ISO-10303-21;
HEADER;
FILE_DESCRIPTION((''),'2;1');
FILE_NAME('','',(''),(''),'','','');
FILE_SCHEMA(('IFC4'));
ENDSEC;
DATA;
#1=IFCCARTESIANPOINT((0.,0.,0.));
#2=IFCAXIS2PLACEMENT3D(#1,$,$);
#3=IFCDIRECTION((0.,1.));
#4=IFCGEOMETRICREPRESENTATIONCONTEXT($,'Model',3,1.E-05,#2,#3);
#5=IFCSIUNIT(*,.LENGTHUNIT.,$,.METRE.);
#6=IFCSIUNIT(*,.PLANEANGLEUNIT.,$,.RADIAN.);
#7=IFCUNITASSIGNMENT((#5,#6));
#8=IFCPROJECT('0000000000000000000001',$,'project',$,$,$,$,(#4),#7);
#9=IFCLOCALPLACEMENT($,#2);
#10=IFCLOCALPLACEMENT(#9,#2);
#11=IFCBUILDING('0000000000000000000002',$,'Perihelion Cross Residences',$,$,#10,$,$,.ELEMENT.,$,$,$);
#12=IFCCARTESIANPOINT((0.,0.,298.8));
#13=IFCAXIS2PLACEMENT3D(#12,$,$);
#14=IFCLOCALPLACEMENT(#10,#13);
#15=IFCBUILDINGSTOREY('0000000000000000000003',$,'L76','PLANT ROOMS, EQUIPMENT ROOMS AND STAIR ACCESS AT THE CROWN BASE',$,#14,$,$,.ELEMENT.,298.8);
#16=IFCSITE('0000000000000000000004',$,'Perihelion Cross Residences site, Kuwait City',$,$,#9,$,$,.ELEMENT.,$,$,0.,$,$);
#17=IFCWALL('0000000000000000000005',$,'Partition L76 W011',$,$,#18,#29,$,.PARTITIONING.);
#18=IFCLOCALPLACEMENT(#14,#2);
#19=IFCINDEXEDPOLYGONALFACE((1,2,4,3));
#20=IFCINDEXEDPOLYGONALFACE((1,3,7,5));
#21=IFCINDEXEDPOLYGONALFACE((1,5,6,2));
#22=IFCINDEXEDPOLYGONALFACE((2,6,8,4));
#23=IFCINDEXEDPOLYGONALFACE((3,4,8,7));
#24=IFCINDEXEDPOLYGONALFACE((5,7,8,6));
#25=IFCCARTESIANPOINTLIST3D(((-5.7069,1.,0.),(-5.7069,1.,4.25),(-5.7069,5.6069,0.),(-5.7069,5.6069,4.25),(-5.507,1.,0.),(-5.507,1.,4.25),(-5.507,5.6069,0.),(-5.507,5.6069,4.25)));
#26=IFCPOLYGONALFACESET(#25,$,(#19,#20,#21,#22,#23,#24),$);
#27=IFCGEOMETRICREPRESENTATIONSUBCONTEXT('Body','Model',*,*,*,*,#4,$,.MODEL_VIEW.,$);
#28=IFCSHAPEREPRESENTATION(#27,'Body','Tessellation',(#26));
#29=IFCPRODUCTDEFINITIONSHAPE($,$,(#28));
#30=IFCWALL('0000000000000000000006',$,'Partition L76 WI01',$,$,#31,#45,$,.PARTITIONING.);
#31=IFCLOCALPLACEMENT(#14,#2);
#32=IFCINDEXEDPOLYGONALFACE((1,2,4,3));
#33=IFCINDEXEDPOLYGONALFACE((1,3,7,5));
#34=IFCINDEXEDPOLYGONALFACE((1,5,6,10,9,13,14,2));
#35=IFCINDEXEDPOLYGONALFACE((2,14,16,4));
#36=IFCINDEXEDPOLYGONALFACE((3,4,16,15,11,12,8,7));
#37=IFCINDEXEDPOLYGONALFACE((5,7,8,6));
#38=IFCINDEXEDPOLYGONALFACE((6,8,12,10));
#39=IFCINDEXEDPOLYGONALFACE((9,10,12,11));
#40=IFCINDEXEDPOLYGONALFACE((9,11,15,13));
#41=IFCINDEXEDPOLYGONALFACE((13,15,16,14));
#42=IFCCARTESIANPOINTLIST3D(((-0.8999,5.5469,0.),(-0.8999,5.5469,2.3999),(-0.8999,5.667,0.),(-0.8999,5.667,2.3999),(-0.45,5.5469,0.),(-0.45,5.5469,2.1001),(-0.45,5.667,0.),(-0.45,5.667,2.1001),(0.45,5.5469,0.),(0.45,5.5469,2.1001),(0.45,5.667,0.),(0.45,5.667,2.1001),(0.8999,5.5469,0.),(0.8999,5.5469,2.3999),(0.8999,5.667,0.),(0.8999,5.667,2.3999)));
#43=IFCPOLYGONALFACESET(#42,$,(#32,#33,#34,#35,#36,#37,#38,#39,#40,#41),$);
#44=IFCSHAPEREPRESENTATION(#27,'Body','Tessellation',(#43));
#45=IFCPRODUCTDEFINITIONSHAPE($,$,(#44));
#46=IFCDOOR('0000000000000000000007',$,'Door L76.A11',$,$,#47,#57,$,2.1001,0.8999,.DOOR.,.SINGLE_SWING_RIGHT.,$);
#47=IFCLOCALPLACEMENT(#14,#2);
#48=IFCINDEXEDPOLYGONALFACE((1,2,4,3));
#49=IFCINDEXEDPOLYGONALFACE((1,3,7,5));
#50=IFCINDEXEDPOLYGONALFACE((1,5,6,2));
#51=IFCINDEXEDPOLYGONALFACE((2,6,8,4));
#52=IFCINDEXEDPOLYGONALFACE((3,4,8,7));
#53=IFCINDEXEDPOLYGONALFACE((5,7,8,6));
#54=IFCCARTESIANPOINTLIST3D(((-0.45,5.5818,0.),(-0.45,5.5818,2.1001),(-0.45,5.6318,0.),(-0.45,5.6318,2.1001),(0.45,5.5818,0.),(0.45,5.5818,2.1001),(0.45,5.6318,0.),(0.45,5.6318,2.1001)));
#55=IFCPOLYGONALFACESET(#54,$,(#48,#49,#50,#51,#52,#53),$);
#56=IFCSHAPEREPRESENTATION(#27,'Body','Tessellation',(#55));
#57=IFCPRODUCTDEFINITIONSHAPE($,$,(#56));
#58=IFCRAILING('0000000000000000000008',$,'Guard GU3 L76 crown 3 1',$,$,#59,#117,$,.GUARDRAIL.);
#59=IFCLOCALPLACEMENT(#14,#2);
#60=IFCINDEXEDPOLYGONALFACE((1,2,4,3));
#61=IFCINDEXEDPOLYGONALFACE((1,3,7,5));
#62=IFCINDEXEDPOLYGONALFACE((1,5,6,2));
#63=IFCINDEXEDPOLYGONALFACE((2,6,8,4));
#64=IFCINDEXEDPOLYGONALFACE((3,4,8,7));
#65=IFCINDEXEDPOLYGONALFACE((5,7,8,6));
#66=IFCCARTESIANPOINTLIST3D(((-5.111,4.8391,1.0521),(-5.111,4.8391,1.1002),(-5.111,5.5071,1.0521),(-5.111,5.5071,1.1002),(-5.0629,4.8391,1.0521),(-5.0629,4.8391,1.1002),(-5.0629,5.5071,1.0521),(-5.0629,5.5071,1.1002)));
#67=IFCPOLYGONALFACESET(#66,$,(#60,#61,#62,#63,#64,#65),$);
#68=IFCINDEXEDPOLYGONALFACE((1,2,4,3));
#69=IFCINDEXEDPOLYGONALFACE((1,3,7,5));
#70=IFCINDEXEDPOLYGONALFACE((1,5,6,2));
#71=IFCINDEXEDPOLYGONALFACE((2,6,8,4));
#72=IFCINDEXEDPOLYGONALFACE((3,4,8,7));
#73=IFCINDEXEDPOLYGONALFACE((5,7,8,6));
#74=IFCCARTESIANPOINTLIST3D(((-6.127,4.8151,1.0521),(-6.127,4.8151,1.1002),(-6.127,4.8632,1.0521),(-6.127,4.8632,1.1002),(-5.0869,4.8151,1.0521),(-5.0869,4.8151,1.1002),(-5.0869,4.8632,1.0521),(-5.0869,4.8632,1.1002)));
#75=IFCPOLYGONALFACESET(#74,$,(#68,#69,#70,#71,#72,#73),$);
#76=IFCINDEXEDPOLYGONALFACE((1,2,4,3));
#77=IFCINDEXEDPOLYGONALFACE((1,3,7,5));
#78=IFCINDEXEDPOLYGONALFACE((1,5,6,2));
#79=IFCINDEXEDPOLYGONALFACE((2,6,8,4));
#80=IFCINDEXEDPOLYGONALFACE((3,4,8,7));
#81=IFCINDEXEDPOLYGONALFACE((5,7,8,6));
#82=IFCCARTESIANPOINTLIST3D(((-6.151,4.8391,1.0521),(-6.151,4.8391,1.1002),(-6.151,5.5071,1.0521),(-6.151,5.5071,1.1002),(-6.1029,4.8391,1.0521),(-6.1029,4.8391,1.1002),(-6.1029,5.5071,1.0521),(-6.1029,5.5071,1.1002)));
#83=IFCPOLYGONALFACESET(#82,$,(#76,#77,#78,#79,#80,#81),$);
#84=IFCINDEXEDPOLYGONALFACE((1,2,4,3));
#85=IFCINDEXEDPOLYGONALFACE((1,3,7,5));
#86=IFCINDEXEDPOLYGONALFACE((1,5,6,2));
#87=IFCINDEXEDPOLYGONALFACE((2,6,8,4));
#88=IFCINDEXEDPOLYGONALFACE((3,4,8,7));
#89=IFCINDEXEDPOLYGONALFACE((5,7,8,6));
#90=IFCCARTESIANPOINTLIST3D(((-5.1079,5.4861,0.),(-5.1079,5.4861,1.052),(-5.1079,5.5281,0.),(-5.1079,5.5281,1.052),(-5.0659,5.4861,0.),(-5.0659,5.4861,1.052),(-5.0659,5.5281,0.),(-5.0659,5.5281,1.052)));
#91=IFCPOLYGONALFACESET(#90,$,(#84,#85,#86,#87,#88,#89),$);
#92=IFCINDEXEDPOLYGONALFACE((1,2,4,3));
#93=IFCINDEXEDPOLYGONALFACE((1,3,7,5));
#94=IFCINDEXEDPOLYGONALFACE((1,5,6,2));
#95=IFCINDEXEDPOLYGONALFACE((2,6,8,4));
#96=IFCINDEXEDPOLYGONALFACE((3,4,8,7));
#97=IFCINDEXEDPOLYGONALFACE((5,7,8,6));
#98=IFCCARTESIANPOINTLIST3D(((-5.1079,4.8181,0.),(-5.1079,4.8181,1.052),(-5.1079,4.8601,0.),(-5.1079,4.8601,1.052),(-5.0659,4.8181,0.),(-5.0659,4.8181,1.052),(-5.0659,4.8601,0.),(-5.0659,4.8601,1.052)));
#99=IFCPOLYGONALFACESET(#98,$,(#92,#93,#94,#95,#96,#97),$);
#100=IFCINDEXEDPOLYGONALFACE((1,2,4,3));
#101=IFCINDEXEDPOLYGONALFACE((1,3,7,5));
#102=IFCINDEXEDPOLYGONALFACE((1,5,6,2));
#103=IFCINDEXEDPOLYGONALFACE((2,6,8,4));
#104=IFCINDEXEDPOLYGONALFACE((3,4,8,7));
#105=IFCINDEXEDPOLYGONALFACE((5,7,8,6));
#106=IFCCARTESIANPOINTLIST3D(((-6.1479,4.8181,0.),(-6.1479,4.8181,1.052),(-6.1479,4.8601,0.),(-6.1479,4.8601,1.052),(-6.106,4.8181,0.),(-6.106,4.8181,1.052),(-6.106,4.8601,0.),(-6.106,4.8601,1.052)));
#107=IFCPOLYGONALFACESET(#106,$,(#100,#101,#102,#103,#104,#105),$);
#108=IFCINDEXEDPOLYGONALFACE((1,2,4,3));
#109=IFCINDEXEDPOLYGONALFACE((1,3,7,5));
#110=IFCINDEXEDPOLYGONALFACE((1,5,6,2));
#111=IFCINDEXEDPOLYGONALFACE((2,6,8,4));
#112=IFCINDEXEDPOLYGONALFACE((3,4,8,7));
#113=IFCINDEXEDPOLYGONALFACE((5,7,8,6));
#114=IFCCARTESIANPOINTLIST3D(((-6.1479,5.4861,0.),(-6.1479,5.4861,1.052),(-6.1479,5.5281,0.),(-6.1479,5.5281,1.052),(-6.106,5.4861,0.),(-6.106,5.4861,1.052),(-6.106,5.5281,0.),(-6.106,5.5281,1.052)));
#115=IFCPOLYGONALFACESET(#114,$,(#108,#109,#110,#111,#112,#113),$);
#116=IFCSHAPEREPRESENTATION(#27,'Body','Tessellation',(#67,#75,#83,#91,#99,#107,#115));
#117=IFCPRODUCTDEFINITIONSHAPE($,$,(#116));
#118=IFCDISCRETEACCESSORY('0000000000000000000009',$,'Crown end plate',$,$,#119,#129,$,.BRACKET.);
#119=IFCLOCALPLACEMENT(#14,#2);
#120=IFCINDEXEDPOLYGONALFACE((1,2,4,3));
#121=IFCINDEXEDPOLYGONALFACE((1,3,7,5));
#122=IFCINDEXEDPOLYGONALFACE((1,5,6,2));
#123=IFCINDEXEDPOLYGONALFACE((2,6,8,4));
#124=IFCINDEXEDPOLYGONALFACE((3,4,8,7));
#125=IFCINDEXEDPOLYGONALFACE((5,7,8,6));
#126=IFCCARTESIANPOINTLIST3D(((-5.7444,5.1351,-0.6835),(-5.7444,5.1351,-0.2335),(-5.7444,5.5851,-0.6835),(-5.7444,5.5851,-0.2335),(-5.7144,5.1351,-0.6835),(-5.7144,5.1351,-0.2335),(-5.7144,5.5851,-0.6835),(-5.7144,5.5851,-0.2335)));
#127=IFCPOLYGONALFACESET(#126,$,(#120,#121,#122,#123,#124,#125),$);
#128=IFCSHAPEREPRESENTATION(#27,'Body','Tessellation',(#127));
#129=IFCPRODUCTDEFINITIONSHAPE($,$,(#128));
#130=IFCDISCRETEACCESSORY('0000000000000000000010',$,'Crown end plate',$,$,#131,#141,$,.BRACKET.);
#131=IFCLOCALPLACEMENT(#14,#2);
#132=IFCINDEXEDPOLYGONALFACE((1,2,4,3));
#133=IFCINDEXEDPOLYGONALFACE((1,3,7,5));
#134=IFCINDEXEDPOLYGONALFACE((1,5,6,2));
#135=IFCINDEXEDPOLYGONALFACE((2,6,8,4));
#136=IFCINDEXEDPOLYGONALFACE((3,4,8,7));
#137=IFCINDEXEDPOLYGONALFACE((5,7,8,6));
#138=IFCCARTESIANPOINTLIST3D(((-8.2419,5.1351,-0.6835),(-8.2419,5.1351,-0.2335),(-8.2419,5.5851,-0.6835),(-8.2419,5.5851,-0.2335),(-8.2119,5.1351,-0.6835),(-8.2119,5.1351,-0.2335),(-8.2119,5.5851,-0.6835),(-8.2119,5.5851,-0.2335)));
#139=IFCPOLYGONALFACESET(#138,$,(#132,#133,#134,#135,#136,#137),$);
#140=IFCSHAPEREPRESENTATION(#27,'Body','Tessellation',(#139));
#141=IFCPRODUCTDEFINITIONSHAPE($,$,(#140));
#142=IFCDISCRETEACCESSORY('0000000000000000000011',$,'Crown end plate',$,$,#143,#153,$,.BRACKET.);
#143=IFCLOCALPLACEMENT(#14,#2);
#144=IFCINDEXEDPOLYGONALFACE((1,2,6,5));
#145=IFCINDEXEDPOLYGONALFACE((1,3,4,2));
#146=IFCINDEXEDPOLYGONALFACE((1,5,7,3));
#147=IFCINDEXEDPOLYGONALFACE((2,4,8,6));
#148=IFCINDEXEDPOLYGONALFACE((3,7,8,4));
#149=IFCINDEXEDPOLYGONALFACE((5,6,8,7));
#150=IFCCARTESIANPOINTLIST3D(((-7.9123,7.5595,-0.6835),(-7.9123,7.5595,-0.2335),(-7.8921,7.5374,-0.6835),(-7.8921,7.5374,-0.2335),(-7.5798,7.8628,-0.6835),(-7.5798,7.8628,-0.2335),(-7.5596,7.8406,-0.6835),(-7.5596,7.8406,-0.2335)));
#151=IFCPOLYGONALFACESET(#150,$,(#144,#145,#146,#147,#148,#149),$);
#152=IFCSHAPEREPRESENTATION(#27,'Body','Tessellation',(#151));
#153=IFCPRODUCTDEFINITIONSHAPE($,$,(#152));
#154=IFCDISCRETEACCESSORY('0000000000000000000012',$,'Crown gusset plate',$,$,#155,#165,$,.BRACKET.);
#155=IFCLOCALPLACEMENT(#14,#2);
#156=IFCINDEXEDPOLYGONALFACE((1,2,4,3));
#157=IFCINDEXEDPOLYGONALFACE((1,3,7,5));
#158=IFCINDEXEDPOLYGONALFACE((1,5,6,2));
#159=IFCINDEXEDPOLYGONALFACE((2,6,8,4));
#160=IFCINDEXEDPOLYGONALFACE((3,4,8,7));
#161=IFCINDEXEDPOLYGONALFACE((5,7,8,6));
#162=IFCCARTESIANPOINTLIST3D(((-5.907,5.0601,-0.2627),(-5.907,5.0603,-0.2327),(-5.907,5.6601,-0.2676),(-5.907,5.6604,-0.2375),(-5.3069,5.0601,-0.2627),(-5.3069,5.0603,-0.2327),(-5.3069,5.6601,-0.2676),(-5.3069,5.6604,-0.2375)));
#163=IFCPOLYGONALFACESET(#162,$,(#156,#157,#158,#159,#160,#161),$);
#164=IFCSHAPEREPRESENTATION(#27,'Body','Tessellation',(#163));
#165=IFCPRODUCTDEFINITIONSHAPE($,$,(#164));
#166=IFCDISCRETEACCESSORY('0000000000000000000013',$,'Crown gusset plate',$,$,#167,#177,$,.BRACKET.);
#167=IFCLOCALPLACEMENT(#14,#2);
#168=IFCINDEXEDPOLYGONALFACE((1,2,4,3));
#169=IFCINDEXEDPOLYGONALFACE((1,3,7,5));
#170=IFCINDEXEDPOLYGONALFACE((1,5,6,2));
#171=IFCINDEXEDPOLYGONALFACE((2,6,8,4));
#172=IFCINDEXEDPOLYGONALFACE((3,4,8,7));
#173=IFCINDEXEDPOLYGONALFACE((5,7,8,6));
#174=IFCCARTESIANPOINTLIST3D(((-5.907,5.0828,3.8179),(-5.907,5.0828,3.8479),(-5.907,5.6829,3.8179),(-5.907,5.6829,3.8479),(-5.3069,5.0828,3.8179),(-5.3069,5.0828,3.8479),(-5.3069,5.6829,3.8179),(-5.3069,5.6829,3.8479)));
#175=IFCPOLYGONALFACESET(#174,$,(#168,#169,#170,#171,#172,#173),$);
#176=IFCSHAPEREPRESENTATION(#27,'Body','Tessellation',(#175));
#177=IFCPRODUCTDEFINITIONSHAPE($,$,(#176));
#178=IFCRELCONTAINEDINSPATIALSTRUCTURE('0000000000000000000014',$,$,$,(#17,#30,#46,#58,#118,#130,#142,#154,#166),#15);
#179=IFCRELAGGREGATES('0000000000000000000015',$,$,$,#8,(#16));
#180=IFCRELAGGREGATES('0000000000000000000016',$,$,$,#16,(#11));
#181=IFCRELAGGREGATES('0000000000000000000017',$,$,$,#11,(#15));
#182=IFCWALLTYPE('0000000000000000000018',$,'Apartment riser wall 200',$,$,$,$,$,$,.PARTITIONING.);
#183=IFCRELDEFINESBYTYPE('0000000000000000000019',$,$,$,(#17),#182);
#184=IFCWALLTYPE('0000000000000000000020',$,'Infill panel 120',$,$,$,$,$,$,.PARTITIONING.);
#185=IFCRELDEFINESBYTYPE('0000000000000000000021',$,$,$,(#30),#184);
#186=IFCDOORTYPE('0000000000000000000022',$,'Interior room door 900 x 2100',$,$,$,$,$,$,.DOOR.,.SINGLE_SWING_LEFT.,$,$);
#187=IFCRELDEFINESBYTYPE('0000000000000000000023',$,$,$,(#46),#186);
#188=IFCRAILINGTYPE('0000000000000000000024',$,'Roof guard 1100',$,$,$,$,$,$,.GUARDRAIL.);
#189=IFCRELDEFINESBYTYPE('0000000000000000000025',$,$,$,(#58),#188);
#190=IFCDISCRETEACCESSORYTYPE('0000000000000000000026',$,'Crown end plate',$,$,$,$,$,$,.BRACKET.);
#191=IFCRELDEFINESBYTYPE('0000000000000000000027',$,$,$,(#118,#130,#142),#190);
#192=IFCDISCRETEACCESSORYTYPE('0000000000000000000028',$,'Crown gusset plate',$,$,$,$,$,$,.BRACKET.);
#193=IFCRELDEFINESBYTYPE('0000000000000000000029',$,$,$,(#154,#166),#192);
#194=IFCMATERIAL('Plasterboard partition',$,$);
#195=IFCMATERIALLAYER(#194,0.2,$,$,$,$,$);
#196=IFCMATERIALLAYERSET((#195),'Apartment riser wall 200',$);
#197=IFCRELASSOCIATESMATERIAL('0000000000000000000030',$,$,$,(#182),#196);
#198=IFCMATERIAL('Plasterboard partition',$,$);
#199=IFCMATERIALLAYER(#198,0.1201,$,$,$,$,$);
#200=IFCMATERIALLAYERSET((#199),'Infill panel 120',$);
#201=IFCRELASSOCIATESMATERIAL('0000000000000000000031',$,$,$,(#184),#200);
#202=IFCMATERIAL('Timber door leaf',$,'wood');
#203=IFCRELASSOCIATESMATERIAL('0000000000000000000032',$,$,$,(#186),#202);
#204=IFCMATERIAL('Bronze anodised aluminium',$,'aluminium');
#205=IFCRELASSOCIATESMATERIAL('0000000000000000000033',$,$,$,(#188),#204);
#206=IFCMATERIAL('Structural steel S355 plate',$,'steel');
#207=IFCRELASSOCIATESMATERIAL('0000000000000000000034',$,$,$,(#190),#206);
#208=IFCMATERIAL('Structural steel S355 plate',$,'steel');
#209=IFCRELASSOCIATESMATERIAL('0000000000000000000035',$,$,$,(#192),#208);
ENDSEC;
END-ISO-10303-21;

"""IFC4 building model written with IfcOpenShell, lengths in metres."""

from ifc_helpers import new_model, si_unit, direction, frame, frame_2d, origin, origin_2d, place, context, subcontext, project, spatial, rectangle, extrude, material, layer, layer_set, material_profile, profile_set, type_object, element, fill, save


model = new_model("IFC4")

# Units and contexts
model_context = context("Model", 3, precision=1e-05, world=origin(), true_north=direction((0.0, 1.0)))
body_context = subcontext(model_context, "Body", "Model", "MODEL_VIEW")
ifc_project = project(units=[si_unit("LENGTHUNIT", "METRE"), si_unit("PLANEANGLEUNIT", "RADIAN")], contexts=[model_context])

# Site, building, storey
site_placement = place(None, origin())
site = spatial("IfcSite", under=ifc_project, at=site_placement, Name="Perihelion Cross Residences site, Kuwait City", CompositionType="ELEMENT", RefElevation=0.0)
building_placement = place(site_placement, origin())
building = spatial("IfcBuilding", under=site, at=building_placement, Name="Perihelion Cross Residences", CompositionType="ELEMENT")
storey_placement = place(building_placement, frame((0.0, 0.0, 298.8)))
storey = spatial("IfcBuildingStorey", under=building, at=storey_placement, Name="L76", Description="PLANT ROOMS, EQUIPMENT ROOMS AND STAIR ACCESS AT THE CROWN BASE", CompositionType="ELEMENT", Elevation=298.8)

# Wall
ifc_material_1 = material(Name="Plasterboard partition")
ifc_layer_1 = layer(ifc_material_1, 0.2)
ifc_layer_set_1 = layer_set([ifc_layer_1], Name="Apartment riser wall 200")
wall_type_1 = type_object("IfcWallType", Name="Apartment riser wall 200", PredefinedType="PARTITIONING", material=ifc_layer_set_1)
wall_1_placement = place(storey_placement, frame((-5.6069, 5.6069, 0.0), z_axis=(0.0, 0.0, 1.0), x_axis=(0.0, -1.0, 0.0)))
element("IfcWall", 1, at=wall_1_placement, inside=storey, type_object=wall_type_1, Name="Partition L76 W011", PredefinedType="PARTITIONING", context=body_context, shape_type="SweptSolid", body=[
    extrude(rectangle(XDim=4.6069, YDim=0.2, at=frame_2d((2.3035, 0.0))), origin(), (0.0, 0.0, 1.0), 4.25),
])

# Wall, opening, door
ifc_material_2 = material(Name="Plasterboard partition")
ifc_layer_2 = layer(ifc_material_2, 0.1201)
ifc_layer_set_2 = layer_set([ifc_layer_2], Name="Infill panel 120")
wall_type_2 = type_object("IfcWallType", Name="Infill panel 120", PredefinedType="PARTITIONING", material=ifc_layer_set_2)
wall_2_placement = place(storey_placement, frame((-0.8999, 5.6069, 0.0), z_axis=(0.0, 0.0, 1.0), x_axis=(1.0, 0.0, 0.0)))
wall_2 = element("IfcWall", 2, at=wall_2_placement, inside=storey, type_object=wall_type_2, Name="Partition L76 WI01", PredefinedType="PARTITIONING", context=body_context, shape_type="SweptSolid", body=[
    extrude(rectangle(XDim=1.7998, YDim=0.1201, at=frame_2d((0.8999, 0.0))), origin(), (0.0, 0.0, 1.0), 2.3999),
])
opening_placement = place(wall_2_placement, frame((0.45, 0.0, 0.0)))
opening = element("IfcOpeningElement", 3, at=opening_placement, cuts=wall_2, PredefinedType="OPENING", context=body_context, shape_type="SweptSolid", body=[
    extrude(rectangle(XDim=0.8999, YDim=2.1001, at=frame_2d((0.45, 1.05))), frame((0.0, 0.0701, 0.0), z_axis=(0.0, -1.0, 0.0), x_axis=(1.0, 0.0, 0.0)), (0.0, 0.0, 1.0), 0.1401),
])
ifc_material_3 = material(Name="Timber door leaf", Category="wood")
door_type = type_object("IfcDoorType", Name="Interior room door 900 x 2100", OperationType="SINGLE_SWING_LEFT", PredefinedType="DOOR", material=ifc_material_3)
door_placement = place(opening_placement, origin())
door = element("IfcDoor", 4, at=door_placement, inside=storey, type_object=door_type, Name="Door L76.A11", OperationType="SINGLE_SWING_RIGHT", OverallHeight=2.1001, OverallWidth=0.8999, PredefinedType="DOOR", context=body_context, shape_type="SweptSolid", body=[
    extrude(rectangle(XDim=0.8999, YDim=2.1001, at=frame_2d((0.45, 1.05))), frame((0.0, 0.0249, 0.0), z_axis=(0.0, -1.0, 0.0), x_axis=(1.0, 0.0, 0.0)), (0.0, 0.0, 1.0), 0.05),
])
fill(opening, door)

# Railing
ifc_material_4 = material(Name="Bronze anodised aluminium", Category="aluminium")
railing_type = type_object("IfcRailingType", Name="Roof guard 1100", PredefinedType="GUARDRAIL", material=ifc_material_4)
railing_placement = place(storey_placement, frame((-5.0869, 5.5071, 0.0)))
element("IfcRailing", 5, at=railing_placement, inside=storey, type_object=railing_type, Name="Guard GU3 L76 crown 3 1", PredefinedType="GUARDRAIL", context=body_context, shape_type="SweptSolid", body=[
    extrude(rectangle(XDim=0.0481, YDim=0.0481, at=origin_2d()), frame((0.0, 0.0, 1.0762), z_axis=(0.0, -1.0, 0.0), x_axis=(1.0, 0.0, 0.0)), (0.0, 0.0, 1.0), 0.668),
    extrude(rectangle(XDim=0.0481, YDim=0.0481, at=origin_2d()), frame((0.0, -0.668, 1.0762), z_axis=(-1.0, 0.0, 0.0), x_axis=(0.0, -1.0, 0.0)), (0.0, 0.0, 1.0), 1.04),
    extrude(rectangle(XDim=0.0481, YDim=0.0481, at=origin_2d()), frame((-1.04, -0.668, 1.0762), z_axis=(0.0, 1.0, 0.0), x_axis=(-1.0, 0.0, 0.0)), (0.0, 0.0, 1.0), 0.668),
    extrude(rectangle(XDim=0.042, YDim=0.042, at=origin_2d()), origin(), (0.0, 0.0, 1.0), 1.052),
    extrude(rectangle(XDim=0.042, YDim=0.042, at=origin_2d()), frame((0.0, -0.668, 0.0)), (0.0, 0.0, 1.0), 1.052),
    extrude(rectangle(XDim=0.042, YDim=0.042, at=origin_2d()), frame((-1.04, -0.668, 0.0)), (0.0, 0.0, 1.0), 1.052),
    extrude(rectangle(XDim=0.042, YDim=0.042, at=origin_2d()), frame((-1.04, 0.0, 0.0)), (0.0, 0.0, 1.0), 1.052),
])

# Discrete accessories
ifc_material_5 = material(Name="Structural steel S355 plate", Category="steel")
ifc_material_profile_1 = material_profile(ifc_material_5, rectangle(XDim=0.45, YDim=0.45, at=origin_2d()), Name="Crown end plate")
ifc_profile_set_1 = profile_set([ifc_material_profile_1], Name="Structural steel S355 plate")
discrete_accessory_type_1 = type_object("IfcDiscreteAccessoryType", Name="Crown end plate", PredefinedType="BRACKET", material=ifc_profile_set_1)
for number, where, z_axis, x_axis, name in (
    (6, (-5.7144, 5.3601, -0.4585), (-1.0, 0.0, 0.0), (0.0, -1.0, 0.0), "Crown end plate"),
    (7, (-8.2119, 5.3601, -0.4585), (-1.0, 0.0, 0.0), (0.0, -1.0, 0.0), "Crown end plate"),
    (8, (-7.7258, 7.689, -0.4585), (-0.673884, 0.738837, 0.0), (-0.738837, -0.673884, 0.0), "Crown end plate"),
):
    element("IfcDiscreteAccessory", number, at=place(storey_placement, frame(where, z_axis=z_axis, x_axis=x_axis)), inside=storey, type_object=discrete_accessory_type_1, Name=name, PredefinedType="BRACKET", context=body_context, shape_type="SweptSolid", body=[
        extrude(rectangle(XDim=0.45, YDim=0.45, at=origin_2d()), origin(), (0.0, 0.0, 1.0), 0.03),
    ])
ifc_material_6 = material(Name="Structural steel S355 plate", Category="steel")
ifc_material_profile_2 = material_profile(ifc_material_6, rectangle(XDim=0.6001, YDim=0.6001, at=origin_2d()), Name="Crown gusset plate")
ifc_profile_set_2 = profile_set([ifc_material_profile_2], Name="Structural steel S355 plate")
discrete_accessory_type_2 = type_object("IfcDiscreteAccessoryType", Name="Crown gusset plate", PredefinedType="BRACKET", material=ifc_profile_set_2)
for number, where, z_axis, x_axis, name in (
    (9, (-5.6069, 5.3601, -0.2651), (0.0, 0.00813, 0.999967), (-1.0, 0.0, 0.0), "Crown gusset plate"),
    (10, (-5.6069, 5.3828, 3.8179), (0.0, 0.0, 1.0), (1.0, 0.0, 0.0), "Crown gusset plate"),
):
    element("IfcDiscreteAccessory", number, at=place(storey_placement, frame(where, z_axis=z_axis, x_axis=x_axis)), inside=storey, type_object=discrete_accessory_type_2, Name=name, PredefinedType="BRACKET", context=body_context, shape_type="SweptSolid", body=[
        extrude(rectangle(XDim=0.6001, YDim=0.6001, at=origin_2d()), origin(), (0.0, 0.0, 1.0), 0.03),
    ])

save(model, "model.ifc")
